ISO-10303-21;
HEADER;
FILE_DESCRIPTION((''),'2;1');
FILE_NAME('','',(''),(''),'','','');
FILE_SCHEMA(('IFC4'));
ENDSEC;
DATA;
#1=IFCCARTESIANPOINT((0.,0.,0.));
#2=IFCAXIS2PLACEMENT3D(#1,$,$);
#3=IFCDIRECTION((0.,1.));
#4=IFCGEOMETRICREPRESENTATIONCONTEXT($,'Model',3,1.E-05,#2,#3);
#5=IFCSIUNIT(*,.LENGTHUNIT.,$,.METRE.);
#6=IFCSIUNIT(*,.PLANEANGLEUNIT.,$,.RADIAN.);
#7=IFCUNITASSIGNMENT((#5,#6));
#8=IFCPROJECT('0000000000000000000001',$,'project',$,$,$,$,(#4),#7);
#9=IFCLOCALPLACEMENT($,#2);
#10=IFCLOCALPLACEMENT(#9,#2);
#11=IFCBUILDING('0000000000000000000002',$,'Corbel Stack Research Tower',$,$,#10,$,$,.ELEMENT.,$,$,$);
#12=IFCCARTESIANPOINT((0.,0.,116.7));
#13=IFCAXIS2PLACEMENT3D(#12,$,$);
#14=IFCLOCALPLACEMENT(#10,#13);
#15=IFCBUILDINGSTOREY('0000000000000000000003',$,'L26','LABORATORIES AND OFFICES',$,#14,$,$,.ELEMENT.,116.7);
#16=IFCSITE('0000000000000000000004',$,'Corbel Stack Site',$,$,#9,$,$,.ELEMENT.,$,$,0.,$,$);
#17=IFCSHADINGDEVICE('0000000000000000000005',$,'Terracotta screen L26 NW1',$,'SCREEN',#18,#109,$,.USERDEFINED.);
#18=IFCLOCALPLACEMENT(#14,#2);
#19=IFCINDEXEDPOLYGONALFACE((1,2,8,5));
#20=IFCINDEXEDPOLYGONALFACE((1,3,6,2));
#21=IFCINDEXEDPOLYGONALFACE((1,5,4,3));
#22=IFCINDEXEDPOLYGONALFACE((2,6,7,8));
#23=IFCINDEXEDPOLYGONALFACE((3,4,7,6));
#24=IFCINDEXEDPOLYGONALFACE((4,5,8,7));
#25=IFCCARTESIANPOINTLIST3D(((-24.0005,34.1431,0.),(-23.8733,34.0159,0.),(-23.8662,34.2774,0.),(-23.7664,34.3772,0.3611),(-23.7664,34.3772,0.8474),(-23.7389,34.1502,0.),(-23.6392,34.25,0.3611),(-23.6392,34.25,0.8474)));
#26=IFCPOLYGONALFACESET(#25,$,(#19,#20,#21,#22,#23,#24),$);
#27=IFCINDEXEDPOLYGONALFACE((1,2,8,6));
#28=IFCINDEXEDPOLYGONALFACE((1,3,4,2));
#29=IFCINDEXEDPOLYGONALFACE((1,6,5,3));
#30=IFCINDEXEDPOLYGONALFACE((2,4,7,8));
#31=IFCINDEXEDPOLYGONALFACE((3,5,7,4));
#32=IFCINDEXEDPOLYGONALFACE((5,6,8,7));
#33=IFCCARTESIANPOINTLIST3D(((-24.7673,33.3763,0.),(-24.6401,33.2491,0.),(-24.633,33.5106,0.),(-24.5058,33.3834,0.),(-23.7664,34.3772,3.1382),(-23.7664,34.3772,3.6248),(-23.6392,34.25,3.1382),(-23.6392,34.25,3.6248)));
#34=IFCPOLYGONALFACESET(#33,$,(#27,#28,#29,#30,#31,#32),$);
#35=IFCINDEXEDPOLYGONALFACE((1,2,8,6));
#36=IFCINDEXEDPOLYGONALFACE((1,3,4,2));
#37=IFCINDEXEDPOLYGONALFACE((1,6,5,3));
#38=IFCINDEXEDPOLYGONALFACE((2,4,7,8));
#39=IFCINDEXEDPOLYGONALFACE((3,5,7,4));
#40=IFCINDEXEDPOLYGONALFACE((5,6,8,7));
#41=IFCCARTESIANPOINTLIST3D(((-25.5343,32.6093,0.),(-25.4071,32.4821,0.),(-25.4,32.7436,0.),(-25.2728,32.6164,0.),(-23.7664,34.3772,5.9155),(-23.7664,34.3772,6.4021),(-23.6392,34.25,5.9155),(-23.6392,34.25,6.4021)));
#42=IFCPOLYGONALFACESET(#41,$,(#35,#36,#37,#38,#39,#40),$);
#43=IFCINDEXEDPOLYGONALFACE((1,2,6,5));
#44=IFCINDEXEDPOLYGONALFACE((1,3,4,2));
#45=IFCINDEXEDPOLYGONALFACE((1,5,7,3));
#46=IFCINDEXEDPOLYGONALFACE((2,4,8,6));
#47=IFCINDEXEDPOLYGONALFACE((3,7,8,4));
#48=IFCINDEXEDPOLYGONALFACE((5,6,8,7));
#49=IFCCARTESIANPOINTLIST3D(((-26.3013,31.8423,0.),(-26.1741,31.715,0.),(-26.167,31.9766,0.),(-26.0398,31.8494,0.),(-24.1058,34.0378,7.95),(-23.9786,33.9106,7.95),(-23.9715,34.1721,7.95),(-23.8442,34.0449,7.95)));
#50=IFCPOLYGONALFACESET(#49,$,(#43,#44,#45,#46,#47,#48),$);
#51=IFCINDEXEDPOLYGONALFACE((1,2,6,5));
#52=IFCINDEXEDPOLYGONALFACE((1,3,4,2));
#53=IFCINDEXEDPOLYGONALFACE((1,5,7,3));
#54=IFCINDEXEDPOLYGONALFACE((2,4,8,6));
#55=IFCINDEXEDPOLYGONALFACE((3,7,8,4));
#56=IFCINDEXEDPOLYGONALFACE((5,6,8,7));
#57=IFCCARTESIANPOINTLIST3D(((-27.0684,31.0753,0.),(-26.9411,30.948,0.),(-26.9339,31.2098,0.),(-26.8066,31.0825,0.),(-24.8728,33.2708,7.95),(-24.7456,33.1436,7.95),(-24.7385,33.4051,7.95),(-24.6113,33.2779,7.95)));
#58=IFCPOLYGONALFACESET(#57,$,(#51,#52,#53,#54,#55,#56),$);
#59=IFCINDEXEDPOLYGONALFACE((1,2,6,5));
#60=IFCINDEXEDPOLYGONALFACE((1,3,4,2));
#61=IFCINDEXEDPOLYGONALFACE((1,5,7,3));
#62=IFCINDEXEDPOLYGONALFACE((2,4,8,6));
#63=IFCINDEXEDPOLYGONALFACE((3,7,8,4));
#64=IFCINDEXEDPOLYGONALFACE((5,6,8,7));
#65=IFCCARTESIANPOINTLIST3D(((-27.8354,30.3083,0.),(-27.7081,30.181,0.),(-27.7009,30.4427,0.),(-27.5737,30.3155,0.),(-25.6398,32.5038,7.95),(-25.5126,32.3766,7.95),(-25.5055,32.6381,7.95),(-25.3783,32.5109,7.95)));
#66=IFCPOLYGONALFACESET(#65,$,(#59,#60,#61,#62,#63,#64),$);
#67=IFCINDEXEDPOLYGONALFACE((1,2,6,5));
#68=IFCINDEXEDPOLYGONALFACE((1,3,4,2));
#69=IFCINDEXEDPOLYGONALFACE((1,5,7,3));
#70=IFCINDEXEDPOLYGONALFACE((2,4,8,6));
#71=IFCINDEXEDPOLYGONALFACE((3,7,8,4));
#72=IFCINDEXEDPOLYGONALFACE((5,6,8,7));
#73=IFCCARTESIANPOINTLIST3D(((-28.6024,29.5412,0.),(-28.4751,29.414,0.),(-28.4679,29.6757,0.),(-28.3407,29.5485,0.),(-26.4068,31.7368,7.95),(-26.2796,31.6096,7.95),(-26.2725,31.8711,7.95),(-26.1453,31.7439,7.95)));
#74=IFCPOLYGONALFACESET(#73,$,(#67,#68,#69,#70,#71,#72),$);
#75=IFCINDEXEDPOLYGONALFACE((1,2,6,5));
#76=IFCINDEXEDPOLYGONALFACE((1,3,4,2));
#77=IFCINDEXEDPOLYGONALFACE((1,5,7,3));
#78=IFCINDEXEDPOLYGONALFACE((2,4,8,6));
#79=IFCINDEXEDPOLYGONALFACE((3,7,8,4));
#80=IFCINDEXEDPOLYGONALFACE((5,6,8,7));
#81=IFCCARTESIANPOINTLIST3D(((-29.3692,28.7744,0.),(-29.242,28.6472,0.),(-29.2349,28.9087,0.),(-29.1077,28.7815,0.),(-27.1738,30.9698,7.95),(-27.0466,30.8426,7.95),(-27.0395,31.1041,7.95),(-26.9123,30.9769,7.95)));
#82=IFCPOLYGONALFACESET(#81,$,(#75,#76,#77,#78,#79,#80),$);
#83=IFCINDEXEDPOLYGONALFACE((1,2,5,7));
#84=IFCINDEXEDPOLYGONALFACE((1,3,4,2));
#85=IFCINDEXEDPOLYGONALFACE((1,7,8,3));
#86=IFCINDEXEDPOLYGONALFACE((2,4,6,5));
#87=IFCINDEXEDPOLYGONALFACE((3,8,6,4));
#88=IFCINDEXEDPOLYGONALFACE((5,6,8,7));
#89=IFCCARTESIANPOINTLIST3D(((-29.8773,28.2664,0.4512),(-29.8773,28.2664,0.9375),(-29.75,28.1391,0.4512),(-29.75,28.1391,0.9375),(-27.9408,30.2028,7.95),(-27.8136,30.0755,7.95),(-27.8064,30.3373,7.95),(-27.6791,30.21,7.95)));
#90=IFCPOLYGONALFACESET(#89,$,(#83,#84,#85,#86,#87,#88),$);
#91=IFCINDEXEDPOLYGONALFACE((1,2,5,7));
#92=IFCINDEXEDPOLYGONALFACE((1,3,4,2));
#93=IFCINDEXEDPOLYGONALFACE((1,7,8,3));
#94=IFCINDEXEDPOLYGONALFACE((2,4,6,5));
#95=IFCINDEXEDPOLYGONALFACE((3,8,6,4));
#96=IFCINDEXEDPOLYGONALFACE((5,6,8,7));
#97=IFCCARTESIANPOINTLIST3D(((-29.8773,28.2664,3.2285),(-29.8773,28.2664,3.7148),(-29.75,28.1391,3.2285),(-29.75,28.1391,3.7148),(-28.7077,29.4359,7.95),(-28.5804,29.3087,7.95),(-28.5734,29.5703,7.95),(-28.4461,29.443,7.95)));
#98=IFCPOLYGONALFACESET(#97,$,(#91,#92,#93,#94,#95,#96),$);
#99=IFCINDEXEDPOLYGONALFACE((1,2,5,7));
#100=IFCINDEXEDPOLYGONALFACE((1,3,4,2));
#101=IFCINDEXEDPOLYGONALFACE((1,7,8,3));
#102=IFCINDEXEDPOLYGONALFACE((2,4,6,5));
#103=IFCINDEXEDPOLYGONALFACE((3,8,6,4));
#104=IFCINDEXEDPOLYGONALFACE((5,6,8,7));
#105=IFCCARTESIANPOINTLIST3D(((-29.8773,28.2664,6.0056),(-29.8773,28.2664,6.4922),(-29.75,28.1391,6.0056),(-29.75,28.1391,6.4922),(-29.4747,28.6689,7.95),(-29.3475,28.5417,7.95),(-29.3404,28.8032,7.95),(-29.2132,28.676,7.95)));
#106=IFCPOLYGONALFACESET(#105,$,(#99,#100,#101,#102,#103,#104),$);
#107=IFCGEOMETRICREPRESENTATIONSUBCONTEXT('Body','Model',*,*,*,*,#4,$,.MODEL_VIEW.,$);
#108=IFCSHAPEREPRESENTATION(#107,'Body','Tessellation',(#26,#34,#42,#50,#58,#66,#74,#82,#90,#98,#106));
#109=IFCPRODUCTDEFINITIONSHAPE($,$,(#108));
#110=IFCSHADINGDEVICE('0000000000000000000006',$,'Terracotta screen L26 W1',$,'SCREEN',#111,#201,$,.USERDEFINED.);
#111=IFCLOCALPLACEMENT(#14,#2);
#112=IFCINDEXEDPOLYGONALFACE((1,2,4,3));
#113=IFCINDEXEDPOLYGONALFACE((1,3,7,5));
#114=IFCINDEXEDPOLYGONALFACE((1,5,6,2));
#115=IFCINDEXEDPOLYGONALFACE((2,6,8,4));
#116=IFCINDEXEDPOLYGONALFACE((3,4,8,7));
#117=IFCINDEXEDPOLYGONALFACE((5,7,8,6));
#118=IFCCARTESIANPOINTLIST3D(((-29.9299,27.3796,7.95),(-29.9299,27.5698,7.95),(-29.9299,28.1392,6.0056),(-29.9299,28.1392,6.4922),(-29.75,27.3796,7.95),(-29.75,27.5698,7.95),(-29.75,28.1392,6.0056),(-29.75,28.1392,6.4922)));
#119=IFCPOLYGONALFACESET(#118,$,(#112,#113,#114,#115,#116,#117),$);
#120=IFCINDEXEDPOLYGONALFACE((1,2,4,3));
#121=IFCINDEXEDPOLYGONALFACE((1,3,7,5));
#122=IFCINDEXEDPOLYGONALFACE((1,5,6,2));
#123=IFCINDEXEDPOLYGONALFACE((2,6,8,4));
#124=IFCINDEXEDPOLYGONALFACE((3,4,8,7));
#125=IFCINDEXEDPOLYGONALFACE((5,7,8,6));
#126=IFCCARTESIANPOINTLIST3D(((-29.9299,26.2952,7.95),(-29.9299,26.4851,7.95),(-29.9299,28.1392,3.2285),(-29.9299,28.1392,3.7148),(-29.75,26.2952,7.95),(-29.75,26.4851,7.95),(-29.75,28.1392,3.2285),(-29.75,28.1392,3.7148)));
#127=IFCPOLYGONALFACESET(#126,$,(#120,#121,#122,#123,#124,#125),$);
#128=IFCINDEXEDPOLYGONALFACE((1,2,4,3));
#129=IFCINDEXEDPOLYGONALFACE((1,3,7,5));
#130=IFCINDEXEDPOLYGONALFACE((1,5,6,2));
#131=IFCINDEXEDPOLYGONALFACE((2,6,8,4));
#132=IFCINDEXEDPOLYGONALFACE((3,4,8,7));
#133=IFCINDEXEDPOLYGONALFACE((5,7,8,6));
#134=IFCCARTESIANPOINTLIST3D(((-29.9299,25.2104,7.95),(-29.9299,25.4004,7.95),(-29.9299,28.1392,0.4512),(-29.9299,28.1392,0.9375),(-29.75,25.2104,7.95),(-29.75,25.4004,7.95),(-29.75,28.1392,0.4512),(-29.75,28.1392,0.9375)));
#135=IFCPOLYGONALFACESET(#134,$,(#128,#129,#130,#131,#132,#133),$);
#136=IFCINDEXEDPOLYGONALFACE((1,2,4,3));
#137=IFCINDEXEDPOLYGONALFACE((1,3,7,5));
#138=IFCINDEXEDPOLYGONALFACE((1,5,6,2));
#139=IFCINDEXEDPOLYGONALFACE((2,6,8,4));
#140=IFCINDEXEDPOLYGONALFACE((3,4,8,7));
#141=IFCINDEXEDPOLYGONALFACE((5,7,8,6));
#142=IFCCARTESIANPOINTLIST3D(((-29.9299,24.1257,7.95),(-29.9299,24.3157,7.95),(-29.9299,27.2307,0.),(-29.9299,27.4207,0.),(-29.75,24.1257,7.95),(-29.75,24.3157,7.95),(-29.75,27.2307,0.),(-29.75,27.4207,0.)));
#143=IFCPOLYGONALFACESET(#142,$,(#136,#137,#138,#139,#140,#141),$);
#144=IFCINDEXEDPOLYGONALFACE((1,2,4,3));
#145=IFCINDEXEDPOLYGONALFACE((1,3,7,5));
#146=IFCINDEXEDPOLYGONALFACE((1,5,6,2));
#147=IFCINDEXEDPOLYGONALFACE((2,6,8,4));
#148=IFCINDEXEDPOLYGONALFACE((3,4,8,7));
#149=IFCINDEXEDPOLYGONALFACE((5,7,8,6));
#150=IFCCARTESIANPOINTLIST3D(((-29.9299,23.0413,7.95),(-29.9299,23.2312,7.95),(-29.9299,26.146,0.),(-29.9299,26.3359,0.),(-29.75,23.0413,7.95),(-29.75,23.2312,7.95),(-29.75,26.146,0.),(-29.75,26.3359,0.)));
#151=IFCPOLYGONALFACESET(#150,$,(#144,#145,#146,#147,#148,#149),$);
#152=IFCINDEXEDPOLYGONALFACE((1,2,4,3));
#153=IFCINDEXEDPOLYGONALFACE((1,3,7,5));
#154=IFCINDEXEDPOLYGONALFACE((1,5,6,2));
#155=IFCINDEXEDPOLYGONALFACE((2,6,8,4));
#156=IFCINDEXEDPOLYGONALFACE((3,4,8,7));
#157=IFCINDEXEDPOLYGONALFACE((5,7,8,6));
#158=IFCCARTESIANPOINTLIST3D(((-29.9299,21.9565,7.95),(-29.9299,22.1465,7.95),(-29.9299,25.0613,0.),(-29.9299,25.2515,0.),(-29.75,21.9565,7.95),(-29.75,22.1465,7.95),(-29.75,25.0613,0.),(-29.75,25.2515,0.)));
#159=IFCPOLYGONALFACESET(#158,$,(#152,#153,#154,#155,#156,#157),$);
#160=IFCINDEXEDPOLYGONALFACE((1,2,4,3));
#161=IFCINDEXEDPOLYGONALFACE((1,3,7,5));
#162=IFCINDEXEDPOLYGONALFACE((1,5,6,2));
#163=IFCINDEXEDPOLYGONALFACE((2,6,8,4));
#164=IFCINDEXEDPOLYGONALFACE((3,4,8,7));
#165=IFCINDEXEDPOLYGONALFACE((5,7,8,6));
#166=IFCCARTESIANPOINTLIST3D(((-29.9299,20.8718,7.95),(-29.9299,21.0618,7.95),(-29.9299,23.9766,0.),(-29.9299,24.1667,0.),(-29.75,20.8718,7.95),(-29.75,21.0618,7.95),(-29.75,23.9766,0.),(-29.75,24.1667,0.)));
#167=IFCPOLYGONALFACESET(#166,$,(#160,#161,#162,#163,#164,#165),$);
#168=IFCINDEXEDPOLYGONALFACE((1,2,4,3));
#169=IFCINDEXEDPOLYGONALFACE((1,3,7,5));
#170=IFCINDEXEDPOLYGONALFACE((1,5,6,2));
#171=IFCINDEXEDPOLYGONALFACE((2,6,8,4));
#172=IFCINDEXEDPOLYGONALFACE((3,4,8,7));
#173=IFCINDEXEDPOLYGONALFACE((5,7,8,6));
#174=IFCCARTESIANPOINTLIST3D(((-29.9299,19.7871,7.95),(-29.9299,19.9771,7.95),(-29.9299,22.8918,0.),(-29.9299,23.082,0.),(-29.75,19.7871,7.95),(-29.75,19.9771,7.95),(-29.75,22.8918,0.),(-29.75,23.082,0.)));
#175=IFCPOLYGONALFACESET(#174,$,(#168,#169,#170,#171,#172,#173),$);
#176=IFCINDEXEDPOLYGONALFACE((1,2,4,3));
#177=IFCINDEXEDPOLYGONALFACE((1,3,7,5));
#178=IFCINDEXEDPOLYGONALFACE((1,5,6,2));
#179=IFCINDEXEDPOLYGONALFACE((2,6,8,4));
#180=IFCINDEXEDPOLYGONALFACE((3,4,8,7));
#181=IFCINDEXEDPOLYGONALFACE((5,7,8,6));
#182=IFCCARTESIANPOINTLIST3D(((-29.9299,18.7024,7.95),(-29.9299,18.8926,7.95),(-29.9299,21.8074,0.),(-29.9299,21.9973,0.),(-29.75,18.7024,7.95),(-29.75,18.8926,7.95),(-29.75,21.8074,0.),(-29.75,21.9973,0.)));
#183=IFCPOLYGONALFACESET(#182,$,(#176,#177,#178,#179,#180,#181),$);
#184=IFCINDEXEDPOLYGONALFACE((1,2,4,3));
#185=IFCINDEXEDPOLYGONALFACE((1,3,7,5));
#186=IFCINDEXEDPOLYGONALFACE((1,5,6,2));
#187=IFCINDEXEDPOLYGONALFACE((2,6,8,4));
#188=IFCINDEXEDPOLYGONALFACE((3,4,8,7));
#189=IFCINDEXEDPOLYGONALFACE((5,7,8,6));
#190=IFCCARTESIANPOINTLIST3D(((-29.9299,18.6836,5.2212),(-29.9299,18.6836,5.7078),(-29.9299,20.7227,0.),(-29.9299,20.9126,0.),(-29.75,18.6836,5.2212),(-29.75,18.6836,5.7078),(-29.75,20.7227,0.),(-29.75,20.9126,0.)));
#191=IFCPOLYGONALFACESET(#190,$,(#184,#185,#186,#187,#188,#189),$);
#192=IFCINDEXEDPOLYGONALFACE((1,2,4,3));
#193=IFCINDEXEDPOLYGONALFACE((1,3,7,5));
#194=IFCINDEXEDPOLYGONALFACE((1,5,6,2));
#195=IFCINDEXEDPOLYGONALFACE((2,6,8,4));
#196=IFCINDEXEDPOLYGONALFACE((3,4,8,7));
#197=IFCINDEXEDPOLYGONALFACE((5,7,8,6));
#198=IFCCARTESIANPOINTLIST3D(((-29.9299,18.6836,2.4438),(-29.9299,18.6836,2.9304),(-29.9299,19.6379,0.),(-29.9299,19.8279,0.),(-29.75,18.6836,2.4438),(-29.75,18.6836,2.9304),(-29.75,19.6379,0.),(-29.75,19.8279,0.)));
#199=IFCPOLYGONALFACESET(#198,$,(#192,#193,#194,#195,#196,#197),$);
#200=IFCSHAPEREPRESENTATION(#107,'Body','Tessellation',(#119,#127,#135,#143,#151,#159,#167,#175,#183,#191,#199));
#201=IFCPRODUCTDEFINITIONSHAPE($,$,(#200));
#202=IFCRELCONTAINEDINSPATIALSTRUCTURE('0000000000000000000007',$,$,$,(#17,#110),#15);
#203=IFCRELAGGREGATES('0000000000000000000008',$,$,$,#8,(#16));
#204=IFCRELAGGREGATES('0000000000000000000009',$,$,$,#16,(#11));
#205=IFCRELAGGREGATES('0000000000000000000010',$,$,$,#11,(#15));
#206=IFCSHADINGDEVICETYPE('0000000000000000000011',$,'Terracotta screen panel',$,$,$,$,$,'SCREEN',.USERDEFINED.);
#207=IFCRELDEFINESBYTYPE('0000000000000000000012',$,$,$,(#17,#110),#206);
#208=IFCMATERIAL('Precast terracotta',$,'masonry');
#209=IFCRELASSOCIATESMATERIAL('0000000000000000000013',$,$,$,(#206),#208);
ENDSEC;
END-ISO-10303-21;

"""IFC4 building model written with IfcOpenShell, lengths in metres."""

from ifc_helpers import new_model, si_unit, direction, frame, origin, place, context, subcontext, project, spatial, polyline, outline, extrude, source, transform, mapped, material, type_object, element, save


model = new_model("IFC4")

# Units and contexts
model_context = context("Model", 3, precision=1e-05, world=origin(), true_north=direction((0.0, 1.0)))
body_context = subcontext(model_context, "Body", "Model", "MODEL_VIEW")
ifc_project = project(units=[si_unit("LENGTHUNIT", "METRE"), si_unit("PLANEANGLEUNIT", "RADIAN")], contexts=[model_context])

# Site, building, storey
site_placement = place(None, origin())
site = spatial("IfcSite", under=ifc_project, at=site_placement, Name="Corbel Stack Site", CompositionType="ELEMENT", RefElevation=0.0)
building_placement = place(site_placement, origin())
building = spatial("IfcBuilding", under=site, at=building_placement, Name="Corbel Stack Research Tower", CompositionType="ELEMENT")
storey_placement = place(building_placement, frame((0.0, 0.0, 116.7)))
storey = spatial("IfcBuildingStorey", under=building, at=storey_placement, Name="L26", Description="LABORATORIES AND OFFICES", CompositionType="ELEMENT", Elevation=116.7)

# Shading devices
ifc_material_1 = material(Name="Precast terracotta", Category="masonry")
shading_device_type = type_object("IfcShadingDeviceType", Name="Terracotta screen panel", ElementType="SCREEN", PredefinedType="USERDEFINED", material=ifc_material_1)
shared_shape_1 = source(origin(), body_context, "Body", "SweptSolid", [
    extrude(outline(polyline([(0.3311, 0.0), (0.0, 0.8474), (0.0, 0.3611), (0.1411, 0.0), (0.3311, 0.0)])), frame((0.0, 0.0, 0.0), z_axis=(0.0, -1.0, 0.0), x_axis=(1.0, 0.0, 0.0)), (0.0, 0.0, 1.0), 0.1799),
    extrude(outline(polyline([(1.4155, 0.0), (0.0, 3.6248), (0.0, 3.1382), (1.2256, 0.0), (1.4155, 0.0)])), frame((0.0, 0.0, 0.0), z_axis=(0.0, -1.0, 0.0), x_axis=(1.0, 0.0, 0.0)), (0.0, 0.0, 1.0), 0.1799),
    extrude(outline(polyline([(2.5002, 0.0), (0.0, 6.4021), (0.0, 5.9155), (2.3103, 0.0), (2.5002, 0.0)])), frame((0.0, 0.0, 0.0), z_axis=(0.0, -1.0, 0.0), x_axis=(1.0, 0.0, 0.0)), (0.0, 0.0, 1.0), 0.1799),
    extrude(outline(polyline([(3.585, 0.0), (0.48, 7.95), (0.29, 7.95), (3.395, 0.0), (3.585, 0.0)])), frame((0.0, 0.0, 0.0), z_axis=(0.0, -1.0, 0.0), x_axis=(1.0, 0.0, 0.0)), (0.0, 0.0, 1.0), 0.1799),
    extrude(outline(polyline([(4.6697, 0.0), (1.5647, 7.95), (1.3748, 7.95), (4.4795, 0.0), (4.6697, 0.0)])), frame((0.0, 0.0, 0.0), z_axis=(0.0, -1.0, 0.0), x_axis=(1.0, 0.0, 0.0)), (0.0, 0.0, 1.0), 0.1799),
    extrude(outline(polyline([(5.7544, 0.0), (2.6494, 7.95), (2.4595, 7.95), (5.5642, 0.0), (5.7544, 0.0)])), frame((0.0, 0.0, 0.0), z_axis=(0.0, -1.0, 0.0), x_axis=(1.0, 0.0, 0.0)), (0.0, 0.0, 1.0), 0.1799),
    extrude(outline(polyline([(6.8391, 0.0), (3.7341, 7.95), (3.5442, 7.95), (6.6489, 0.0), (6.8391, 0.0)])), frame((0.0, 0.0, 0.0), z_axis=(0.0, -1.0, 0.0), x_axis=(1.0, 0.0, 0.0)), (0.0, 0.0, 1.0), 0.1799),
    extrude(outline(polyline([(7.9236, 0.0), (4.8188, 7.95), (4.6289, 7.95), (7.7336, 0.0), (7.9236, 0.0)])), frame((0.0, 0.0, 0.0), z_axis=(0.0, -1.0, 0.0), x_axis=(1.0, 0.0, 0.0)), (0.0, 0.0, 1.0), 0.1799),
    extrude(outline(polyline([(5.9036, 7.95), (5.7134, 7.95), (8.6421, 0.4512), (8.6421, 0.9375), (5.9036, 7.95)])), frame((0.0, 0.0, 0.0), z_axis=(0.0, -1.0, 0.0), x_axis=(1.0, 0.0, 0.0)), (0.0, 0.0, 1.0), 0.1799),
    extrude(outline(polyline([(6.988, 7.95), (6.7981, 7.95), (8.6421, 3.2285), (8.6421, 3.7148), (6.988, 7.95)])), frame((0.0, 0.0, 0.0), z_axis=(0.0, -1.0, 0.0), x_axis=(1.0, 0.0, 0.0)), (0.0, 0.0, 1.0), 0.1799),
    extrude(outline(polyline([(8.0728, 7.95), (7.8828, 7.95), (8.6421, 6.0056), (8.6421, 6.4922), (8.0728, 7.95)])), frame((0.0, 0.0, 0.0), z_axis=(0.0, -1.0, 0.0), x_axis=(1.0, 0.0, 0.0)), (0.0, 0.0, 1.0), 0.1799),
])
shading_device_1_placement = place(storey_placement, frame((-23.6392, 34.25, 0.0), z_axis=(0.0, 0.0, 1.0), x_axis=(-0.707107, -0.707107, 0.0)))
element("IfcShadingDevice", 1, at=shading_device_1_placement, inside=storey, type_object=shading_device_type, Name="Terracotta screen L26 NW1", ObjectType="SCREEN", PredefinedType="USERDEFINED", context=body_context, shape_type="MappedRepresentation", body=[
    mapped(shared_shape_1, transform((0.0, 0.0, 0.0))),
])
shared_shape_2 = source(origin(), body_context, "Body", "SweptSolid", [
    extrude(outline(polyline([(0.7595, 7.95), (0.5693, 7.95), (0.0, 6.4922), (0.0, 6.0056), (0.7595, 7.95)])), frame((0.0, 0.0, 0.0), z_axis=(0.0, -1.0, 0.0), x_axis=(1.0, 0.0, 0.0)), (0.0, 0.0, 1.0), 0.1799),
    extrude(outline(polyline([(1.844, 7.95), (1.6541, 7.95), (0.0, 3.7148), (0.0, 3.2285), (1.844, 7.95)])), frame((0.0, 0.0, 0.0), z_axis=(0.0, -1.0, 0.0), x_axis=(1.0, 0.0, 0.0)), (0.0, 0.0, 1.0), 0.1799),
    extrude(outline(polyline([(2.9287, 7.95), (2.7388, 7.95), (0.0, 0.9375), (0.0, 0.4512), (2.9287, 7.95)])), frame((0.0, 0.0, 0.0), z_axis=(0.0, -1.0, 0.0), x_axis=(1.0, 0.0, 0.0)), (0.0, 0.0, 1.0), 0.1799),
    extrude(outline(polyline([(0.9084, 0.0), (4.0134, 7.95), (3.8235, 7.95), (0.7185, 0.0), (0.9084, 0.0)])), frame((0.0, 0.0, 0.0), z_axis=(0.0, -1.0, 0.0), x_axis=(1.0, 0.0, 0.0)), (0.0, 0.0, 1.0), 0.1799),
    extrude(outline(polyline([(1.9932, 0.0), (5.0979, 7.95), (4.908, 7.95), (1.8032, 0.0), (1.9932, 0.0)])), frame((0.0, 0.0, 0.0), z_axis=(0.0, -1.0, 0.0), x_axis=(1.0, 0.0, 0.0)), (0.0, 0.0, 1.0), 0.1799),
    extrude(outline(polyline([(3.0779, 0.0), (6.1826, 7.95), (5.9927, 7.95), (2.8877, 0.0), (3.0779, 0.0)])), frame((0.0, 0.0, 0.0), z_axis=(0.0, -1.0, 0.0), x_axis=(1.0, 0.0, 0.0)), (0.0, 0.0, 1.0), 0.1799),
    extrude(outline(polyline([(4.1626, 0.0), (7.2673, 7.95), (7.0774, 7.95), (3.9724, 0.0), (4.1626, 0.0)])), frame((0.0, 0.0, 0.0), z_axis=(0.0, -1.0, 0.0), x_axis=(1.0, 0.0, 0.0)), (0.0, 0.0, 1.0), 0.1799),
    extrude(outline(polyline([(5.2473, 0.0), (8.3521, 7.95), (8.1621, 7.95), (5.0571, 0.0), (5.2473, 0.0)])), frame((0.0, 0.0, 0.0), z_axis=(0.0, -1.0, 0.0), x_axis=(1.0, 0.0, 0.0)), (0.0, 0.0, 1.0), 0.1799),
    extrude(outline(polyline([(6.3318, 0.0), (9.4368, 7.95), (9.2466, 7.95), (6.1418, 0.0), (6.3318, 0.0)])), frame((0.0, 0.0, 0.0), z_axis=(0.0, -1.0, 0.0), x_axis=(1.0, 0.0, 0.0)), (0.0, 0.0, 1.0), 0.1799),
    extrude(outline(polyline([(7.4165, 0.0), (9.4556, 5.2212), (9.4556, 5.7078), (7.2266, 0.0), (7.4165, 0.0)])), frame((0.0, 0.0, 0.0), z_axis=(0.0, -1.0, 0.0), x_axis=(1.0, 0.0, 0.0)), (0.0, 0.0, 1.0), 0.1799),
    extrude(outline(polyline([(8.5012, 0.0), (9.4556, 2.4438), (9.4556, 2.9304), (8.3113, 0.0), (8.5012, 0.0)])), frame((0.0, 0.0, 0.0), z_axis=(0.0, -1.0, 0.0), x_axis=(1.0, 0.0, 0.0)), (0.0, 0.0, 1.0), 0.1799),
])
shading_device_2_placement = place(storey_placement, frame((-29.75, 28.1392, 0.0), z_axis=(0.0, 0.0, 1.0), x_axis=(0.0, -1.0, 0.0)))
element("IfcShadingDevice", 2, at=shading_device_2_placement, inside=storey, type_object=shading_device_type, Name="Terracotta screen L26 W1", ObjectType="SCREEN", PredefinedType="USERDEFINED", context=body_context, shape_type="MappedRepresentation", body=[
    mapped(shared_shape_2, transform((0.0, 0.0, 0.0))),
])

save(model, "model.ifc")
